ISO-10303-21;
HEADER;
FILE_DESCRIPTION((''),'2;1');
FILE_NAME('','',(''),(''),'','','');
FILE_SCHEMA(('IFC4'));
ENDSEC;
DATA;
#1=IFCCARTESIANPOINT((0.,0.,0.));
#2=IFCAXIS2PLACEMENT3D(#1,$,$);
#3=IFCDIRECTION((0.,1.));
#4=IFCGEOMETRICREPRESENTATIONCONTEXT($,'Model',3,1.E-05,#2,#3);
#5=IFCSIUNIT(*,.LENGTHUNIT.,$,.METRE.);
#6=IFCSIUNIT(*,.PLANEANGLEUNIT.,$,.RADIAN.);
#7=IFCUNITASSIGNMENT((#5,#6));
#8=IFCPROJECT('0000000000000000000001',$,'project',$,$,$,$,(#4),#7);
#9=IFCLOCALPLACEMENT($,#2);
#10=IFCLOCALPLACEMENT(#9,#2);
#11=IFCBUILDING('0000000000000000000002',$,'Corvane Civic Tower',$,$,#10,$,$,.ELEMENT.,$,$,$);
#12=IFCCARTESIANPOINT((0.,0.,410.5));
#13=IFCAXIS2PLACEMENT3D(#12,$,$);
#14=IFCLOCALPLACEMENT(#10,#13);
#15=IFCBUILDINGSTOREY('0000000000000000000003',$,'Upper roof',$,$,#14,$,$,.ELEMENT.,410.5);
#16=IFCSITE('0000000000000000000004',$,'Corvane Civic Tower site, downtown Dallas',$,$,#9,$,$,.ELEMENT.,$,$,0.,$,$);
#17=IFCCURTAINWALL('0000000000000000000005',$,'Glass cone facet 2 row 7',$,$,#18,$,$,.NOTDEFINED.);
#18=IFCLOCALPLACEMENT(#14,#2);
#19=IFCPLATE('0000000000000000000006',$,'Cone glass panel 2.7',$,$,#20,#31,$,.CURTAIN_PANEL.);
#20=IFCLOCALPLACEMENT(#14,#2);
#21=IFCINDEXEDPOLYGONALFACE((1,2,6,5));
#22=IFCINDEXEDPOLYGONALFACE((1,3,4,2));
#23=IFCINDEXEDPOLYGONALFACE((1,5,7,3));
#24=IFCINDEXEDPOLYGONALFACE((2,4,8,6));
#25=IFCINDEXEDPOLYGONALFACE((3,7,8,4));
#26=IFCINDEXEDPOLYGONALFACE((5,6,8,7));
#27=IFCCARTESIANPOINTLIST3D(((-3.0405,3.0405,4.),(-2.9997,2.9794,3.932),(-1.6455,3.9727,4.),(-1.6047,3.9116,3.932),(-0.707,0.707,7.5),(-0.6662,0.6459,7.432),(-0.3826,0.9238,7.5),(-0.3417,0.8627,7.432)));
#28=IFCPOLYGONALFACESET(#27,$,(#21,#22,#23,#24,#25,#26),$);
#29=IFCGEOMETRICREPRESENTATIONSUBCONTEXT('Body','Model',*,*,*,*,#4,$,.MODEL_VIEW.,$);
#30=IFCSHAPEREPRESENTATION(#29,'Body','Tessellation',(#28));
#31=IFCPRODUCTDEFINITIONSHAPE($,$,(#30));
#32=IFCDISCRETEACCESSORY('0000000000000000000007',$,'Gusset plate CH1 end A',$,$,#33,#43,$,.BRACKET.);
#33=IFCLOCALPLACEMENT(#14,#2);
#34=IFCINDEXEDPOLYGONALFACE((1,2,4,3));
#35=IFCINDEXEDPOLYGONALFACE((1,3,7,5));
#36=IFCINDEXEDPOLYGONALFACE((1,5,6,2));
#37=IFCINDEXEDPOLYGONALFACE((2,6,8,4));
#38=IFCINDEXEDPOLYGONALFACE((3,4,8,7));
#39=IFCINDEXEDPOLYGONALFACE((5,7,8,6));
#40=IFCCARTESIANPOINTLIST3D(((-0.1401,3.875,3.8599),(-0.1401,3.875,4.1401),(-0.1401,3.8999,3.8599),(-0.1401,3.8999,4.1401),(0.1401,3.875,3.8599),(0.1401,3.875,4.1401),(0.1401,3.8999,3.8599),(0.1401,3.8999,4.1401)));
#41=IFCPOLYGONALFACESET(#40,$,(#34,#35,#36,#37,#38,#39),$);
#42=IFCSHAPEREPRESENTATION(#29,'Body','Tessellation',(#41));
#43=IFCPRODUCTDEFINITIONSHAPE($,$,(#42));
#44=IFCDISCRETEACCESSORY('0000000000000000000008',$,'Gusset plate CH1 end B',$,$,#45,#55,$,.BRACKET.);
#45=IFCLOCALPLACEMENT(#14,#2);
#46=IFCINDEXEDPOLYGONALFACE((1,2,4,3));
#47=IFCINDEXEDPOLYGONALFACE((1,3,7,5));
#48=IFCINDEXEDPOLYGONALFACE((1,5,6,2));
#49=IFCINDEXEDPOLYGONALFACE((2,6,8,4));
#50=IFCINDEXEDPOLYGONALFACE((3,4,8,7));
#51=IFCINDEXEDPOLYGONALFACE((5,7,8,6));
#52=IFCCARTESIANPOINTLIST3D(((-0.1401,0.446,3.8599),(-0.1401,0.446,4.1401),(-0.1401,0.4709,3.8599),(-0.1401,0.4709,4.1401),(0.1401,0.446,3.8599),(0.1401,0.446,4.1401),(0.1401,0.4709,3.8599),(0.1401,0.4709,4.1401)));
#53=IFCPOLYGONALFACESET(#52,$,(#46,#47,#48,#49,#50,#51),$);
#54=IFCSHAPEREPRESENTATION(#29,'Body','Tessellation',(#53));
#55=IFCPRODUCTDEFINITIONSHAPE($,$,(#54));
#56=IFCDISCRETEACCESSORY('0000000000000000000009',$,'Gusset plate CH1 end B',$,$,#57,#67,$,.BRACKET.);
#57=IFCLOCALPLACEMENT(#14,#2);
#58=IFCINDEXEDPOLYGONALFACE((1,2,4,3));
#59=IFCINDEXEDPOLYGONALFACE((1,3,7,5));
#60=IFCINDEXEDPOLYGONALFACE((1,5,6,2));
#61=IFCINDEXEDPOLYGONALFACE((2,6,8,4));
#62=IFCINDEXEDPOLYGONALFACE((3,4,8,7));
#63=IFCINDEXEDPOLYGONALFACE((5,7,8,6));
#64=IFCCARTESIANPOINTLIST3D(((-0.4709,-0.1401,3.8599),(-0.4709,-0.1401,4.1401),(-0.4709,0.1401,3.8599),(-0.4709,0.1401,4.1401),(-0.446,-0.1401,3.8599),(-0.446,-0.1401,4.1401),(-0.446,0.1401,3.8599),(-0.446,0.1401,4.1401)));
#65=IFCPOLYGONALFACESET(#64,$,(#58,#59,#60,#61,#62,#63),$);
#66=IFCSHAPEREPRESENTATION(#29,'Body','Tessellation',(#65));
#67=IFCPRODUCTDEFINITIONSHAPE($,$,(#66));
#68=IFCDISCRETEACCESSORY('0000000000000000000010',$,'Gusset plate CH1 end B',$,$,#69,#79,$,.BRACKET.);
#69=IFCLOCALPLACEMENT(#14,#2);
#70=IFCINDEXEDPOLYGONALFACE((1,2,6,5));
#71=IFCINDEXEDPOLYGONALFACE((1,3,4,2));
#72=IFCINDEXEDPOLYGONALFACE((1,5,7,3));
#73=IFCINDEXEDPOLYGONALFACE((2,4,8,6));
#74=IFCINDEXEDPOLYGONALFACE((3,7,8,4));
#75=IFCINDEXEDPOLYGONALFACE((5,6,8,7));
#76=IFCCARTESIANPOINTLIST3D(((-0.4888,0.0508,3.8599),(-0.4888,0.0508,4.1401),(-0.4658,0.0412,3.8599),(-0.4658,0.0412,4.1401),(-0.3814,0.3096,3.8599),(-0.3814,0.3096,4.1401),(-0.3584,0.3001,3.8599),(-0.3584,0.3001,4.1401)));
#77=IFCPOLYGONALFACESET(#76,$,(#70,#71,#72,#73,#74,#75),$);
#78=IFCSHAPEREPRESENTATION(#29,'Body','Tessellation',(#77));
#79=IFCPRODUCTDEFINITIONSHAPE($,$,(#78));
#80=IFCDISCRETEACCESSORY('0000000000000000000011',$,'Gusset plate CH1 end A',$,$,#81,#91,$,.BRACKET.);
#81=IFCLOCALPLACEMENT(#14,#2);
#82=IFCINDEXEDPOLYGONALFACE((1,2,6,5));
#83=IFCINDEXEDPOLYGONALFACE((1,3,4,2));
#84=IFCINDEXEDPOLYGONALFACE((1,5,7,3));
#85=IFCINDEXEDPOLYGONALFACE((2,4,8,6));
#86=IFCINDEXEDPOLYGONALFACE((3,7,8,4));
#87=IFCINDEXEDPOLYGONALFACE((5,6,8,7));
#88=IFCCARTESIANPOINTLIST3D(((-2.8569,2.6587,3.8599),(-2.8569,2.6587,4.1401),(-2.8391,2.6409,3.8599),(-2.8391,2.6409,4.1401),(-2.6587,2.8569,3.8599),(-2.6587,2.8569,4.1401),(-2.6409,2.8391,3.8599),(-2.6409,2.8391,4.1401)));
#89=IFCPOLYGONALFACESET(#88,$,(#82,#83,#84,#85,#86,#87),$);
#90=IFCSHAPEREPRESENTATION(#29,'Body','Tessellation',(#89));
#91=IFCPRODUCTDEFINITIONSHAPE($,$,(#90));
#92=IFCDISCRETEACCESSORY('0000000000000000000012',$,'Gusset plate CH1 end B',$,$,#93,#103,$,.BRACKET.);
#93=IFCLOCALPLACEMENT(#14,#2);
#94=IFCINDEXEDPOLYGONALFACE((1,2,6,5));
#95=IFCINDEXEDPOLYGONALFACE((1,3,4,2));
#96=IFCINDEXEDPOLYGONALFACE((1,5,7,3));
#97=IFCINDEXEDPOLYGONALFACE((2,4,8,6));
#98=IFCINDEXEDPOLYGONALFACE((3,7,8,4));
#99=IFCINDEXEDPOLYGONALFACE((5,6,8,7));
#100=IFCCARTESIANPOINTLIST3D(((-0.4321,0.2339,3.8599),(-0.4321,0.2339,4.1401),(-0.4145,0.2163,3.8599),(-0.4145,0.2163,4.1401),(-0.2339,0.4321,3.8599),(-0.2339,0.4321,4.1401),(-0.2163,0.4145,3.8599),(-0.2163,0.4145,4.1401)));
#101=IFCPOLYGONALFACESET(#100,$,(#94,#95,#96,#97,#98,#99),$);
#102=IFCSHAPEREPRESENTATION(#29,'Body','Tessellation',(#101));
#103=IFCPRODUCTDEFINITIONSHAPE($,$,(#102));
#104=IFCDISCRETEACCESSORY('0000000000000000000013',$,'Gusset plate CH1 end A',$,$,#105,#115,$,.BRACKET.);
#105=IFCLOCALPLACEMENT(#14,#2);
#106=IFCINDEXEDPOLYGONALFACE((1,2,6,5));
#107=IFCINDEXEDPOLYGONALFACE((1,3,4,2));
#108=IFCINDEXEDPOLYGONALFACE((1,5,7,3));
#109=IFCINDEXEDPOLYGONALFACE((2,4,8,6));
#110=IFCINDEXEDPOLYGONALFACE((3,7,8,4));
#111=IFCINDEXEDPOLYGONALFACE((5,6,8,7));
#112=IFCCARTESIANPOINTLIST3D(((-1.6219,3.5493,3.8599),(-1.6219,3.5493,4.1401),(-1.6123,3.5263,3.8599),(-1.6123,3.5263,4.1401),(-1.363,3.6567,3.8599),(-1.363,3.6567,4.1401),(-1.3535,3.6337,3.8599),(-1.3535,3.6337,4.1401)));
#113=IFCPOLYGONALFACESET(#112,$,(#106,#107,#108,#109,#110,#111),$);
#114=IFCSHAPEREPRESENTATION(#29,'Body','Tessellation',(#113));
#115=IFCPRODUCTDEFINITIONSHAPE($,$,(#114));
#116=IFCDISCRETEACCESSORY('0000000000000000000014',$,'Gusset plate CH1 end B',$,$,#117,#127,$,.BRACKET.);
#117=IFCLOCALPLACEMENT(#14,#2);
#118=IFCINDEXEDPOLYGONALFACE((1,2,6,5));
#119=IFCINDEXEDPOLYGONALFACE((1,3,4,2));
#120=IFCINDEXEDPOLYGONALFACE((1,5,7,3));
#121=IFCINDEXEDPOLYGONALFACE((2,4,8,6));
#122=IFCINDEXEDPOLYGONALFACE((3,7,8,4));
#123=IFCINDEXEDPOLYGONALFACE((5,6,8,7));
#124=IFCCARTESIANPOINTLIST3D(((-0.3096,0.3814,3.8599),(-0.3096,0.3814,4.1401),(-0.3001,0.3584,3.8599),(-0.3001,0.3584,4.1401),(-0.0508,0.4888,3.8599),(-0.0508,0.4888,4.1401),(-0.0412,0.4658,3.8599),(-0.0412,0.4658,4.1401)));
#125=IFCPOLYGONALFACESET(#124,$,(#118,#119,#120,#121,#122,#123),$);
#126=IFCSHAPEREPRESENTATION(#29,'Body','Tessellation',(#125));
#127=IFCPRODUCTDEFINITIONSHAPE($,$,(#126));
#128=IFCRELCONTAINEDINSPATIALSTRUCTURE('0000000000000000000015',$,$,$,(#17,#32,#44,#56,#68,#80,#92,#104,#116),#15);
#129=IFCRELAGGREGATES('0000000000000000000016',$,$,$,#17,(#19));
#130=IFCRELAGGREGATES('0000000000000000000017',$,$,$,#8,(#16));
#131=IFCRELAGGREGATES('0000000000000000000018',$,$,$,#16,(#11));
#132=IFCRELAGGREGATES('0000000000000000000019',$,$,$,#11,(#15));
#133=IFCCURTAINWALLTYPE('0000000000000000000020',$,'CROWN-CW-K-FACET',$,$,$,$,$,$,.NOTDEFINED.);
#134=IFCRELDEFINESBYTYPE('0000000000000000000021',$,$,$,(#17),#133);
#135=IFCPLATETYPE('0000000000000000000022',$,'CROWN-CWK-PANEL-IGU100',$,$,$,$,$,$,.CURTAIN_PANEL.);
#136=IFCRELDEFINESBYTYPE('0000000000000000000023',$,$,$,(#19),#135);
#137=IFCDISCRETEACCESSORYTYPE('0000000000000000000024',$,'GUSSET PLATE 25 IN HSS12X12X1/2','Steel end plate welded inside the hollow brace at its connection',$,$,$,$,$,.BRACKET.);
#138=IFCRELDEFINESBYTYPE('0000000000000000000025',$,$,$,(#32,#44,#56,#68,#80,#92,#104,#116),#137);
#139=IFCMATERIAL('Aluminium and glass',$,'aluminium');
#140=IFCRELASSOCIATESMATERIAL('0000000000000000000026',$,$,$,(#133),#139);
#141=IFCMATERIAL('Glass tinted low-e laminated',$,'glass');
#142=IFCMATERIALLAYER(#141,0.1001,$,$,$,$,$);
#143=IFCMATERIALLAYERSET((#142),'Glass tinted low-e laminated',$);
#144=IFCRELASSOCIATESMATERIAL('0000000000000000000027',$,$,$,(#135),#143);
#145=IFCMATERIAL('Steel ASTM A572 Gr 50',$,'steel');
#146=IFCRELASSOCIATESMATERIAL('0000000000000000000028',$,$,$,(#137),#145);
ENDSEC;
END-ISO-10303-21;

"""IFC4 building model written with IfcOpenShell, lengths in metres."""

from ifc_helpers import new_model, si_unit, direction, frame, origin, origin_2d, place, context, subcontext, project, spatial, polyline, rectangle, outline, extrude, material, layer, layer_set, material_profile, profile_set, type_object, element, aggregate, save


model = new_model("IFC4")

# Units and contexts
model_context = context("Model", 3, precision=1e-05, world=origin(), true_north=direction((0.0, 1.0)))
body_context = subcontext(model_context, "Body", "Model", "MODEL_VIEW")
ifc_project = project(units=[si_unit("LENGTHUNIT", "METRE"), si_unit("PLANEANGLEUNIT", "RADIAN")], contexts=[model_context])

# Site, building, storey
site_placement = place(None, origin())
site = spatial("IfcSite", under=ifc_project, at=site_placement, Name="Corvane Civic Tower site, downtown Dallas", CompositionType="ELEMENT", RefElevation=0.0)
building_placement = place(site_placement, origin())
building = spatial("IfcBuilding", under=site, at=building_placement, Name="Corvane Civic Tower", CompositionType="ELEMENT")
storey_placement = place(building_placement, frame((0.0, 0.0, 410.5)))
storey = spatial("IfcBuildingStorey", under=building, at=storey_placement, Name="Upper roof", CompositionType="ELEMENT", Elevation=410.5)

# Curtain wall
ifc_material_1 = material(Name="Aluminium and glass", Category="aluminium")
curtain_wall_type = type_object("IfcCurtainWallType", Name="CROWN-CW-K-FACET", PredefinedType="NOTDEFINED", material=ifc_material_1)
curtain_wall_1_placement = place(storey_placement, origin())
curtain_wall_1 = element("IfcCurtainWall", 1, at=curtain_wall_1_placement, inside=storey, type_object=curtain_wall_type, Name="Glass cone facet 2 row 7", PredefinedType="NOTDEFINED")

# Plate
ifc_material_2 = material(Name="Glass tinted low-e laminated", Category="glass")
ifc_layer_1 = layer(ifc_material_2, 0.1001)
ifc_layer_set_1 = layer_set([ifc_layer_1], Name="Glass tinted low-e laminated")
plate_type = type_object("IfcPlateType", Name="CROWN-CWK-PANEL-IGU100", PredefinedType="CURTAIN_PANEL", material=ifc_layer_set_1)
plate_placement = place(storey_placement, frame((-1.6455, 3.9727, 4.0), z_axis=(-0.407894, 0.610454, 0.678947), x_axis=(-0.831468, -0.555572, 0.000001)))
plate = element("IfcPlate", 2, at=plate_placement, type_object=plate_type, Name="Cone glass panel 2.7", PredefinedType="CURTAIN_PANEL", context=body_context, shape_type="SweptSolid", body=[
    extrude(outline(polyline([(0.0, 0.0), (1.6778, 0.0), (1.034, 4.7672), (0.6438, 4.7672), (0.0, 0.0)])), origin(), (0.0, 0.0, -1.0), 0.1001),
])
aggregate(curtain_wall_1, [plate])

# Discrete accessories
ifc_material_3 = material(Name="Steel ASTM A572 Gr 50", Category="steel")
ifc_material_profile_1 = material_profile(ifc_material_3, rectangle(XDim=0.2803, YDim=0.2803, at=origin_2d()), Name="GUSSET PLATE 25 IN HSS12X12X1/2")
ifc_profile_set_1 = profile_set([ifc_material_profile_1], Name="Steel ASTM A572 Gr 50")
discrete_accessory_type = type_object("IfcDiscreteAccessoryType", Name="GUSSET PLATE 25 IN HSS12X12X1/2", Description="Steel end plate welded inside the hollow brace at its connection", PredefinedType="BRACKET", material=ifc_profile_set_1)
for number, where, z_axis, x_axis, name in (
    (3, (0.0, 3.8999, 4.0), (0.0, -1.0, 0.0), (1.0, 0.0, 0.0), "Gusset plate CH1 end A"),
    (4, (0.0, 0.446, 4.0), (0.0, 1.0, 0.0), (-1.0, 0.0, 0.0), "Gusset plate CH1 end B"),
    (5, (-0.446, 0.0, 4.0), (-1.0, 0.0, 0.0), (0.0, -1.0, 0.0), "Gusset plate CH1 end B"),
    (6, (-0.4121, 0.1707, 4.0), (-0.923657, 0.38322, 0.0), (-0.38322, -0.923657, 0.0), "Gusset plate CH1 end B"),
):
    element("IfcDiscreteAccessory", number, at=place(storey_placement, frame(where, z_axis=z_axis, x_axis=x_axis)), inside=storey, type_object=discrete_accessory_type, Name=name, PredefinedType="BRACKET", context=body_context, shape_type="SweptSolid", body=[
        extrude(rectangle(XDim=0.2803, YDim=0.2803, at=origin_2d()), origin(), (0.0, 0.0, 1.0), 0.0249),
    ])
discrete_accessory_placement = place(storey_placement, frame((-2.7578, 2.7578, 4.0), z_axis=(0.707107, -0.707107, 0.0), x_axis=(0.707107, 0.707107, 0.0)))
element("IfcDiscreteAccessory", 7, at=discrete_accessory_placement, inside=storey, type_object=discrete_accessory_type, Name="Gusset plate CH1 end A", PredefinedType="BRACKET", context=body_context, shape_type="SweptSolid", body=[
    extrude(rectangle(XDim=0.2803, YDim=0.2803, at=origin_2d()), origin(), (0.0, 0.0, 1.0), 0.0251),
])
for number, where, z_axis, x_axis, name in (
    (8, (-0.3154, 0.3154, 4.0), (-0.707107, 0.707107, 0.0), (-0.707107, -0.707107, 0.0), "Gusset plate CH1 end B"),
    (9, (-1.4924, 3.603, 4.0), (0.38322, -0.923657, 0.0), (0.923657, 0.38322, 0.0), "Gusset plate CH1 end A"),
    (10, (-0.1707, 0.4121, 4.0), (-0.38322, 0.923657, 0.0), (-0.923657, -0.38322, 0.0), "Gusset plate CH1 end B"),
):
    element("IfcDiscreteAccessory", number, at=place(storey_placement, frame(where, z_axis=z_axis, x_axis=x_axis)), inside=storey, type_object=discrete_accessory_type, Name=name, PredefinedType="BRACKET", context=body_context, shape_type="SweptSolid", body=[
        extrude(rectangle(XDim=0.2803, YDim=0.2803, at=origin_2d()), origin(), (0.0, 0.0, 1.0), 0.0249),
    ])

save(model, "model.ifc")
